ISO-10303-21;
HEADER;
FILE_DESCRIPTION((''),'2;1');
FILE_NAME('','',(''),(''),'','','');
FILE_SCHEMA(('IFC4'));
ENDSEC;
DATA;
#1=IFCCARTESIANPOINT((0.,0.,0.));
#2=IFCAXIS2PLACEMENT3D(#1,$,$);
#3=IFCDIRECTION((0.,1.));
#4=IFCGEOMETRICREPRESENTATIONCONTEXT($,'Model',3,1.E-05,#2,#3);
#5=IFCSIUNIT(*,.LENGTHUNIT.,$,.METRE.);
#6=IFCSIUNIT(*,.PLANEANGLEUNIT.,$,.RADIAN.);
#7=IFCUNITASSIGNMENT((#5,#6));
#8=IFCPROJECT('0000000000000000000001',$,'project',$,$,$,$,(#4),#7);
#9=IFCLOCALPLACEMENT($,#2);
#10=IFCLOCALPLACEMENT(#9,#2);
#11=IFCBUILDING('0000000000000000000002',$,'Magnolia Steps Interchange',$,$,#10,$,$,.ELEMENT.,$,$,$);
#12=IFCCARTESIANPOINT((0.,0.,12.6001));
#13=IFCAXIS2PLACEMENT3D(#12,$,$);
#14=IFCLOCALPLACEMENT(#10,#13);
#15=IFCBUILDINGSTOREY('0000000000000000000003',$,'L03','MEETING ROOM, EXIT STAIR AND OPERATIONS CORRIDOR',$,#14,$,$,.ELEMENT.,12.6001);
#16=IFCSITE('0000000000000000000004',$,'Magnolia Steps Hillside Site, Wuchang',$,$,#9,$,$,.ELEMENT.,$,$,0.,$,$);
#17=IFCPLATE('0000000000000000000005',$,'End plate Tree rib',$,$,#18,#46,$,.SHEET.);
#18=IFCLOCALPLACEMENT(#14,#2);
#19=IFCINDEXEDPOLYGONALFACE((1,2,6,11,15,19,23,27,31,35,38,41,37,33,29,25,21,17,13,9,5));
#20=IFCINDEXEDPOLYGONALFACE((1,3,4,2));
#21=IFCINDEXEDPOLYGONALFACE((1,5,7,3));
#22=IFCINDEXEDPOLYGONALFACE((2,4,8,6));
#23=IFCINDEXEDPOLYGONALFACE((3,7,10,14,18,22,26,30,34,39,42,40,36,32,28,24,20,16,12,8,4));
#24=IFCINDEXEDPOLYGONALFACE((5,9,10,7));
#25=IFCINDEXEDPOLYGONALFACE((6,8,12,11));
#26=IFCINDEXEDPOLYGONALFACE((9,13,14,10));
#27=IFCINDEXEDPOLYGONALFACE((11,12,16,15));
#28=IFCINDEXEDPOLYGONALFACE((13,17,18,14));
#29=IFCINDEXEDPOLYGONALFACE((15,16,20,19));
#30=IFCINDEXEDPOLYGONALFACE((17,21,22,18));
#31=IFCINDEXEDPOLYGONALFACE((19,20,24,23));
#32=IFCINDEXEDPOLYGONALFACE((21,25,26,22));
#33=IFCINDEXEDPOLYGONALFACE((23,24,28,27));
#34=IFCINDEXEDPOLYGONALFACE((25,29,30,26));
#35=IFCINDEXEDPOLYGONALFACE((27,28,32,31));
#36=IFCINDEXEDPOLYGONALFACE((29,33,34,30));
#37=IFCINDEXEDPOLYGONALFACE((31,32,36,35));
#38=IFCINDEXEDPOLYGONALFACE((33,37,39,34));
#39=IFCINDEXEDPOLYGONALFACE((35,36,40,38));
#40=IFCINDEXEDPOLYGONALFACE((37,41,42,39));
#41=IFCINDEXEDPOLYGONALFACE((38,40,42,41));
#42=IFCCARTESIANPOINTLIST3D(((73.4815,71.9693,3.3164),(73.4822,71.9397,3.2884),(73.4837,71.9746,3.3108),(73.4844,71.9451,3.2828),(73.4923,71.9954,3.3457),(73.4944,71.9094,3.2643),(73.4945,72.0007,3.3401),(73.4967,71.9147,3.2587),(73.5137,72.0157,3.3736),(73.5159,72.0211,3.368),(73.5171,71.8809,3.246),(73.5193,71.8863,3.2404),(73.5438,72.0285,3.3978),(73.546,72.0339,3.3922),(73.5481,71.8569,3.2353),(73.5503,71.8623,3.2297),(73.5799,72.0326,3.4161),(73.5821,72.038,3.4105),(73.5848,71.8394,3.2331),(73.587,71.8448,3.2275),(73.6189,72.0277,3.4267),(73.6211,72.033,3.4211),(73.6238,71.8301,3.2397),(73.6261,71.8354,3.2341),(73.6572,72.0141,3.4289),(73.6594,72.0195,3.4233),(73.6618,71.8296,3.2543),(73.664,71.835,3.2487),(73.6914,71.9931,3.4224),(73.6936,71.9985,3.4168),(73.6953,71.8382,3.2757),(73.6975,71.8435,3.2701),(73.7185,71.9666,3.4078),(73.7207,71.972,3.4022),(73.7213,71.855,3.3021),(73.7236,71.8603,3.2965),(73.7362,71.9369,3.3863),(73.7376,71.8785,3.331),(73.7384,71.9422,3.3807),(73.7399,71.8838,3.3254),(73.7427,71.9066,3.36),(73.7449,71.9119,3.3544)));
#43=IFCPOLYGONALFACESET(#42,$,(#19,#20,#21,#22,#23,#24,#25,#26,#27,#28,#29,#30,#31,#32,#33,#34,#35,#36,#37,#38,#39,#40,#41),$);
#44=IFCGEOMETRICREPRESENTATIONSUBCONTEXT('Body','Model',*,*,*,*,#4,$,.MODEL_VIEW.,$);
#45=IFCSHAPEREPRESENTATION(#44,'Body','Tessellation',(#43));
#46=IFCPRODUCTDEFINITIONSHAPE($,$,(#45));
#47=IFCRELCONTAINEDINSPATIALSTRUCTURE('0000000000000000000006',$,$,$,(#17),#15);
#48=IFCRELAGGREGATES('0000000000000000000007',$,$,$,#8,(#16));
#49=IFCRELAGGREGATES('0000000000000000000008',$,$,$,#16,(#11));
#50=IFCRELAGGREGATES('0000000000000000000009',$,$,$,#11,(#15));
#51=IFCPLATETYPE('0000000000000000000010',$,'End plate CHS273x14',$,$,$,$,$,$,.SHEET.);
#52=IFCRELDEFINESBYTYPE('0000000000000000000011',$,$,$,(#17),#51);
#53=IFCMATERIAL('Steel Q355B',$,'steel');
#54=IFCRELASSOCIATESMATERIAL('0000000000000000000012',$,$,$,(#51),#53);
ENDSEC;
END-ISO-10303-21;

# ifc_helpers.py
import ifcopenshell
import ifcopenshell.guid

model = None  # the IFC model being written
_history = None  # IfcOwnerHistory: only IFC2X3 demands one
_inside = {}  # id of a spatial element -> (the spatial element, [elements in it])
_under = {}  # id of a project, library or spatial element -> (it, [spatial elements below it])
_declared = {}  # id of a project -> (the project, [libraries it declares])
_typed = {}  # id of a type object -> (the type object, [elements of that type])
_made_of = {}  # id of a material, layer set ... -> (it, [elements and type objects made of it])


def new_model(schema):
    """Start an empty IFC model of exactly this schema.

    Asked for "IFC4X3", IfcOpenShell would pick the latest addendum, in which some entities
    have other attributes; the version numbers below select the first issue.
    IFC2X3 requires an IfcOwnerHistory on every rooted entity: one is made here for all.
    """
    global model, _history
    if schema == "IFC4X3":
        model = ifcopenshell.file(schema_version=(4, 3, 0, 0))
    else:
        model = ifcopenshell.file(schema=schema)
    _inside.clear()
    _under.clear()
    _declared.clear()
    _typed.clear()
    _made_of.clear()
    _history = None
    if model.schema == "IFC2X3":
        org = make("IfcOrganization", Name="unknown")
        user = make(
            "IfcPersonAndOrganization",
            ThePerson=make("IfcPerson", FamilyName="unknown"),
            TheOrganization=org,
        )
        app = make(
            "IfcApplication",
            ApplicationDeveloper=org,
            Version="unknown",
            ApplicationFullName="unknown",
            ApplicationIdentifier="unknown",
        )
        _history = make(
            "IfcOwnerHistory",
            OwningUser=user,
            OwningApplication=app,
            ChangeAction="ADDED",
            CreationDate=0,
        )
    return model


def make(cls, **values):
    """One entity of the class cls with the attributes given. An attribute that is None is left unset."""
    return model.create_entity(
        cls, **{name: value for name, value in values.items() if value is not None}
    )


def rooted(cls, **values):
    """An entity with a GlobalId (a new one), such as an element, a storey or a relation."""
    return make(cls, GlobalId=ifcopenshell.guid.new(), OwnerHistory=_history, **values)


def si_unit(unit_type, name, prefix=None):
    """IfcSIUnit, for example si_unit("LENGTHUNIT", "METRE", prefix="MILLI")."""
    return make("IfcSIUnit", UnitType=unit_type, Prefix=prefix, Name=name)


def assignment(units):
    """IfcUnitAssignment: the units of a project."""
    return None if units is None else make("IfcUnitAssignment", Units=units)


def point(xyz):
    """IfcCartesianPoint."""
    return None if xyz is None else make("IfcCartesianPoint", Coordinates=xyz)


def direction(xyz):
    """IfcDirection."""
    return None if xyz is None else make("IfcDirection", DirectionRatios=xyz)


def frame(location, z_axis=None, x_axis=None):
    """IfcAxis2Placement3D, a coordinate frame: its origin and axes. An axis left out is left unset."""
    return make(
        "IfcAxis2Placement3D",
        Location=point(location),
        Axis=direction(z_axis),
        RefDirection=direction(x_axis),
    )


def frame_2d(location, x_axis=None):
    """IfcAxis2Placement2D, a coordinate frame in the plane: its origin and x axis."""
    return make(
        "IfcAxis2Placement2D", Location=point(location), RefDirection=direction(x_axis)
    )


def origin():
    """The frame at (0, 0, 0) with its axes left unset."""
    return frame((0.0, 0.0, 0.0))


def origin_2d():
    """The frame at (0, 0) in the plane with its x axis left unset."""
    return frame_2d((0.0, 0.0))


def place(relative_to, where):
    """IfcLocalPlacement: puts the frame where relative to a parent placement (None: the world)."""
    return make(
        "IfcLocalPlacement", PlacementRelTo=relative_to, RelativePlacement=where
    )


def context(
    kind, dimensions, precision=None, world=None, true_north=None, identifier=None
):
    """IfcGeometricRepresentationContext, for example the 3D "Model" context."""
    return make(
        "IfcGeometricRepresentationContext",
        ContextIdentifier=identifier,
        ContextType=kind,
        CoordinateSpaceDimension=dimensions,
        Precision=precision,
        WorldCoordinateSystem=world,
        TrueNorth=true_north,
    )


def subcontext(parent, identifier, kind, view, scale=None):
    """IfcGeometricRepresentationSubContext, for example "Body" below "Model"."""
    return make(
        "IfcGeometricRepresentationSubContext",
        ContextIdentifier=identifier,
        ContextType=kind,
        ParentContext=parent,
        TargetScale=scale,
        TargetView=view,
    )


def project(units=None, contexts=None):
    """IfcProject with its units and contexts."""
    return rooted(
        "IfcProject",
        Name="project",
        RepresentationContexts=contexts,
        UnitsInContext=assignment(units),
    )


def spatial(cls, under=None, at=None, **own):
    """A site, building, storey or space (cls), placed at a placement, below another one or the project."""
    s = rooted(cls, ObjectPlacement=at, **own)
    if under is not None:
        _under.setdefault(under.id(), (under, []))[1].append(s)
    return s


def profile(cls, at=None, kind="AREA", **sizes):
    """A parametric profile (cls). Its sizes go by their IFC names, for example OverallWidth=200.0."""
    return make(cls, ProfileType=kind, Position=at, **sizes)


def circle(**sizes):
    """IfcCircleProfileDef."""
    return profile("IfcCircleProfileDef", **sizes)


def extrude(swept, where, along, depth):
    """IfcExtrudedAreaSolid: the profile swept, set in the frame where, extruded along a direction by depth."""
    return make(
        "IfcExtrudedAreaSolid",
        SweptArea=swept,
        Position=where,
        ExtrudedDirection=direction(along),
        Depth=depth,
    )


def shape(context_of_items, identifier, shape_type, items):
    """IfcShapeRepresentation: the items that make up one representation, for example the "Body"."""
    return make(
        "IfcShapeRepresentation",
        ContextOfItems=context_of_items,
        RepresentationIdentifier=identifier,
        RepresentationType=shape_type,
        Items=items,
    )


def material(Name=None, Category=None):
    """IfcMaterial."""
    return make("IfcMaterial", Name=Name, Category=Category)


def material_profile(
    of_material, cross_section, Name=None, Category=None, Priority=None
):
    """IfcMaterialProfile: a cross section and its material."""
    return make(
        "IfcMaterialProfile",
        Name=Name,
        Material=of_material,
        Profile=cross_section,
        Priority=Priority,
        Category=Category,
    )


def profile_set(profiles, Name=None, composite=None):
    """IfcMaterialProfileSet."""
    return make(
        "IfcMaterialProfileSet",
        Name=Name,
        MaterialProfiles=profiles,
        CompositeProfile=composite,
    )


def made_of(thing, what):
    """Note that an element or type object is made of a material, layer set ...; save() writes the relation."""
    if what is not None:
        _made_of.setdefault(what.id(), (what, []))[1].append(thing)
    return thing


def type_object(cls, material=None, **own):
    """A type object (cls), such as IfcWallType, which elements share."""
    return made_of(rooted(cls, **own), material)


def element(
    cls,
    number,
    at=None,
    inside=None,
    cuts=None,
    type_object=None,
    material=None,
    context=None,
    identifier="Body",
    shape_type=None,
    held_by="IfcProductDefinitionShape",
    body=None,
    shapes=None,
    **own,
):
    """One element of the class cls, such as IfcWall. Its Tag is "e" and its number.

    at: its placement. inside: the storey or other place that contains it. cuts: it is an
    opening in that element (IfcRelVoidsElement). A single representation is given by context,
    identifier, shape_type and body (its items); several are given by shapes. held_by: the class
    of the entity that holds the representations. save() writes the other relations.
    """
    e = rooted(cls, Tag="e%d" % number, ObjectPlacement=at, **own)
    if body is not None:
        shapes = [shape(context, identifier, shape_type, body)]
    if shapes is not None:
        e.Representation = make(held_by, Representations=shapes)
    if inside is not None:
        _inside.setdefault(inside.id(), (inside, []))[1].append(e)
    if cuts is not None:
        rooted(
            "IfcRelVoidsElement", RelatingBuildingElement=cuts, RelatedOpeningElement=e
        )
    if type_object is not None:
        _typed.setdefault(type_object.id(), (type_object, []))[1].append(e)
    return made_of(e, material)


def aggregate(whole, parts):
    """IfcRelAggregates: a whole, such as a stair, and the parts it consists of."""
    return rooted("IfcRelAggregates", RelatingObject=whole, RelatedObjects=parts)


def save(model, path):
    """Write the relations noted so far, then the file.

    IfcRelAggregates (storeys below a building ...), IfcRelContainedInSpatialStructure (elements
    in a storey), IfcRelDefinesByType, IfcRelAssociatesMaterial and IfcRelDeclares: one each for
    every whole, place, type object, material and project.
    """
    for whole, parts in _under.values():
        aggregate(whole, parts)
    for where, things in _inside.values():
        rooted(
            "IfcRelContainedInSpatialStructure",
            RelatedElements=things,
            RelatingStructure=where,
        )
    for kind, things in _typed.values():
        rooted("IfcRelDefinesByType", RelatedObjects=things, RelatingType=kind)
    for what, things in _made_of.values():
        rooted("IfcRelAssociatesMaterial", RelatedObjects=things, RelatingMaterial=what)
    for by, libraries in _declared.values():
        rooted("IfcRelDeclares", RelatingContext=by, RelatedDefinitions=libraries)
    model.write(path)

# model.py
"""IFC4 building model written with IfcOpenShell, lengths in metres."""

from ifc_helpers import new_model, si_unit, direction, frame, origin, origin_2d, place, context, subcontext, project, spatial, circle, extrude, material, material_profile, profile_set, type_object, element, save


model = new_model("IFC4")

# Units and contexts
model_context = context("Model", 3, precision=1e-05, world=origin(), true_north=direction((0.0, 1.0)))
body_context = subcontext(model_context, "Body", "Model", "MODEL_VIEW")
ifc_project = project(units=[si_unit("LENGTHUNIT", "METRE"), si_unit("PLANEANGLEUNIT", "RADIAN")], contexts=[model_context])

# Site, building, storey
site_placement = place(None, origin())
site = spatial("IfcSite", under=ifc_project, at=site_placement, Name="Magnolia Steps Hillside Site, Wuchang", CompositionType="ELEMENT", RefElevation=0.0)
building_placement = place(site_placement, origin())
building = spatial("IfcBuilding", under=site, at=building_placement, Name="Magnolia Steps Interchange", CompositionType="ELEMENT")
storey_placement = place(building_placement, frame((0.0, 0.0, 12.6001)))
storey = spatial("IfcBuildingStorey", under=building, at=storey_placement, Name="L03", Description="MEETING ROOM, EXIT STAIR AND OPERATIONS CORRIDOR", CompositionType="ELEMENT", Elevation=12.6001)

# Plate
ifc_material_1 = material(Name="Steel Q355B", Category="steel")
ifc_material_profile_1 = material_profile(ifc_material_1, circle(Radius=0.1365, at=origin_2d()), Name="End plate CHS273x14")
ifc_profile_set_1 = profile_set([ifc_material_profile_1], Name="Steel Q355B")
plate_type = type_object("IfcPlateType", Name="End plate CHS273x14", PredefinedType="SHEET", material=ifc_profile_set_1)
for number, where, z_axis, x_axis, name in (
    (1, (73.6138, 71.936, 3.3254), (-0.275279, -0.664583, 0.694658), (0.92388, -0.382683, 0.0), "End plate Tree rib"),
):
    element("IfcPlate", number, at=place(storey_placement, frame(where, z_axis=z_axis, x_axis=x_axis)), inside=storey, type_object=plate_type, Name=name, PredefinedType="SHEET", context=body_context, shape_type="SweptSolid", body=[
        extrude(circle(Radius=0.1365, at=origin_2d()), origin(), (0.0, 0.0, 1.0), 0.0081),
    ])

save(model, "model.ifc")
